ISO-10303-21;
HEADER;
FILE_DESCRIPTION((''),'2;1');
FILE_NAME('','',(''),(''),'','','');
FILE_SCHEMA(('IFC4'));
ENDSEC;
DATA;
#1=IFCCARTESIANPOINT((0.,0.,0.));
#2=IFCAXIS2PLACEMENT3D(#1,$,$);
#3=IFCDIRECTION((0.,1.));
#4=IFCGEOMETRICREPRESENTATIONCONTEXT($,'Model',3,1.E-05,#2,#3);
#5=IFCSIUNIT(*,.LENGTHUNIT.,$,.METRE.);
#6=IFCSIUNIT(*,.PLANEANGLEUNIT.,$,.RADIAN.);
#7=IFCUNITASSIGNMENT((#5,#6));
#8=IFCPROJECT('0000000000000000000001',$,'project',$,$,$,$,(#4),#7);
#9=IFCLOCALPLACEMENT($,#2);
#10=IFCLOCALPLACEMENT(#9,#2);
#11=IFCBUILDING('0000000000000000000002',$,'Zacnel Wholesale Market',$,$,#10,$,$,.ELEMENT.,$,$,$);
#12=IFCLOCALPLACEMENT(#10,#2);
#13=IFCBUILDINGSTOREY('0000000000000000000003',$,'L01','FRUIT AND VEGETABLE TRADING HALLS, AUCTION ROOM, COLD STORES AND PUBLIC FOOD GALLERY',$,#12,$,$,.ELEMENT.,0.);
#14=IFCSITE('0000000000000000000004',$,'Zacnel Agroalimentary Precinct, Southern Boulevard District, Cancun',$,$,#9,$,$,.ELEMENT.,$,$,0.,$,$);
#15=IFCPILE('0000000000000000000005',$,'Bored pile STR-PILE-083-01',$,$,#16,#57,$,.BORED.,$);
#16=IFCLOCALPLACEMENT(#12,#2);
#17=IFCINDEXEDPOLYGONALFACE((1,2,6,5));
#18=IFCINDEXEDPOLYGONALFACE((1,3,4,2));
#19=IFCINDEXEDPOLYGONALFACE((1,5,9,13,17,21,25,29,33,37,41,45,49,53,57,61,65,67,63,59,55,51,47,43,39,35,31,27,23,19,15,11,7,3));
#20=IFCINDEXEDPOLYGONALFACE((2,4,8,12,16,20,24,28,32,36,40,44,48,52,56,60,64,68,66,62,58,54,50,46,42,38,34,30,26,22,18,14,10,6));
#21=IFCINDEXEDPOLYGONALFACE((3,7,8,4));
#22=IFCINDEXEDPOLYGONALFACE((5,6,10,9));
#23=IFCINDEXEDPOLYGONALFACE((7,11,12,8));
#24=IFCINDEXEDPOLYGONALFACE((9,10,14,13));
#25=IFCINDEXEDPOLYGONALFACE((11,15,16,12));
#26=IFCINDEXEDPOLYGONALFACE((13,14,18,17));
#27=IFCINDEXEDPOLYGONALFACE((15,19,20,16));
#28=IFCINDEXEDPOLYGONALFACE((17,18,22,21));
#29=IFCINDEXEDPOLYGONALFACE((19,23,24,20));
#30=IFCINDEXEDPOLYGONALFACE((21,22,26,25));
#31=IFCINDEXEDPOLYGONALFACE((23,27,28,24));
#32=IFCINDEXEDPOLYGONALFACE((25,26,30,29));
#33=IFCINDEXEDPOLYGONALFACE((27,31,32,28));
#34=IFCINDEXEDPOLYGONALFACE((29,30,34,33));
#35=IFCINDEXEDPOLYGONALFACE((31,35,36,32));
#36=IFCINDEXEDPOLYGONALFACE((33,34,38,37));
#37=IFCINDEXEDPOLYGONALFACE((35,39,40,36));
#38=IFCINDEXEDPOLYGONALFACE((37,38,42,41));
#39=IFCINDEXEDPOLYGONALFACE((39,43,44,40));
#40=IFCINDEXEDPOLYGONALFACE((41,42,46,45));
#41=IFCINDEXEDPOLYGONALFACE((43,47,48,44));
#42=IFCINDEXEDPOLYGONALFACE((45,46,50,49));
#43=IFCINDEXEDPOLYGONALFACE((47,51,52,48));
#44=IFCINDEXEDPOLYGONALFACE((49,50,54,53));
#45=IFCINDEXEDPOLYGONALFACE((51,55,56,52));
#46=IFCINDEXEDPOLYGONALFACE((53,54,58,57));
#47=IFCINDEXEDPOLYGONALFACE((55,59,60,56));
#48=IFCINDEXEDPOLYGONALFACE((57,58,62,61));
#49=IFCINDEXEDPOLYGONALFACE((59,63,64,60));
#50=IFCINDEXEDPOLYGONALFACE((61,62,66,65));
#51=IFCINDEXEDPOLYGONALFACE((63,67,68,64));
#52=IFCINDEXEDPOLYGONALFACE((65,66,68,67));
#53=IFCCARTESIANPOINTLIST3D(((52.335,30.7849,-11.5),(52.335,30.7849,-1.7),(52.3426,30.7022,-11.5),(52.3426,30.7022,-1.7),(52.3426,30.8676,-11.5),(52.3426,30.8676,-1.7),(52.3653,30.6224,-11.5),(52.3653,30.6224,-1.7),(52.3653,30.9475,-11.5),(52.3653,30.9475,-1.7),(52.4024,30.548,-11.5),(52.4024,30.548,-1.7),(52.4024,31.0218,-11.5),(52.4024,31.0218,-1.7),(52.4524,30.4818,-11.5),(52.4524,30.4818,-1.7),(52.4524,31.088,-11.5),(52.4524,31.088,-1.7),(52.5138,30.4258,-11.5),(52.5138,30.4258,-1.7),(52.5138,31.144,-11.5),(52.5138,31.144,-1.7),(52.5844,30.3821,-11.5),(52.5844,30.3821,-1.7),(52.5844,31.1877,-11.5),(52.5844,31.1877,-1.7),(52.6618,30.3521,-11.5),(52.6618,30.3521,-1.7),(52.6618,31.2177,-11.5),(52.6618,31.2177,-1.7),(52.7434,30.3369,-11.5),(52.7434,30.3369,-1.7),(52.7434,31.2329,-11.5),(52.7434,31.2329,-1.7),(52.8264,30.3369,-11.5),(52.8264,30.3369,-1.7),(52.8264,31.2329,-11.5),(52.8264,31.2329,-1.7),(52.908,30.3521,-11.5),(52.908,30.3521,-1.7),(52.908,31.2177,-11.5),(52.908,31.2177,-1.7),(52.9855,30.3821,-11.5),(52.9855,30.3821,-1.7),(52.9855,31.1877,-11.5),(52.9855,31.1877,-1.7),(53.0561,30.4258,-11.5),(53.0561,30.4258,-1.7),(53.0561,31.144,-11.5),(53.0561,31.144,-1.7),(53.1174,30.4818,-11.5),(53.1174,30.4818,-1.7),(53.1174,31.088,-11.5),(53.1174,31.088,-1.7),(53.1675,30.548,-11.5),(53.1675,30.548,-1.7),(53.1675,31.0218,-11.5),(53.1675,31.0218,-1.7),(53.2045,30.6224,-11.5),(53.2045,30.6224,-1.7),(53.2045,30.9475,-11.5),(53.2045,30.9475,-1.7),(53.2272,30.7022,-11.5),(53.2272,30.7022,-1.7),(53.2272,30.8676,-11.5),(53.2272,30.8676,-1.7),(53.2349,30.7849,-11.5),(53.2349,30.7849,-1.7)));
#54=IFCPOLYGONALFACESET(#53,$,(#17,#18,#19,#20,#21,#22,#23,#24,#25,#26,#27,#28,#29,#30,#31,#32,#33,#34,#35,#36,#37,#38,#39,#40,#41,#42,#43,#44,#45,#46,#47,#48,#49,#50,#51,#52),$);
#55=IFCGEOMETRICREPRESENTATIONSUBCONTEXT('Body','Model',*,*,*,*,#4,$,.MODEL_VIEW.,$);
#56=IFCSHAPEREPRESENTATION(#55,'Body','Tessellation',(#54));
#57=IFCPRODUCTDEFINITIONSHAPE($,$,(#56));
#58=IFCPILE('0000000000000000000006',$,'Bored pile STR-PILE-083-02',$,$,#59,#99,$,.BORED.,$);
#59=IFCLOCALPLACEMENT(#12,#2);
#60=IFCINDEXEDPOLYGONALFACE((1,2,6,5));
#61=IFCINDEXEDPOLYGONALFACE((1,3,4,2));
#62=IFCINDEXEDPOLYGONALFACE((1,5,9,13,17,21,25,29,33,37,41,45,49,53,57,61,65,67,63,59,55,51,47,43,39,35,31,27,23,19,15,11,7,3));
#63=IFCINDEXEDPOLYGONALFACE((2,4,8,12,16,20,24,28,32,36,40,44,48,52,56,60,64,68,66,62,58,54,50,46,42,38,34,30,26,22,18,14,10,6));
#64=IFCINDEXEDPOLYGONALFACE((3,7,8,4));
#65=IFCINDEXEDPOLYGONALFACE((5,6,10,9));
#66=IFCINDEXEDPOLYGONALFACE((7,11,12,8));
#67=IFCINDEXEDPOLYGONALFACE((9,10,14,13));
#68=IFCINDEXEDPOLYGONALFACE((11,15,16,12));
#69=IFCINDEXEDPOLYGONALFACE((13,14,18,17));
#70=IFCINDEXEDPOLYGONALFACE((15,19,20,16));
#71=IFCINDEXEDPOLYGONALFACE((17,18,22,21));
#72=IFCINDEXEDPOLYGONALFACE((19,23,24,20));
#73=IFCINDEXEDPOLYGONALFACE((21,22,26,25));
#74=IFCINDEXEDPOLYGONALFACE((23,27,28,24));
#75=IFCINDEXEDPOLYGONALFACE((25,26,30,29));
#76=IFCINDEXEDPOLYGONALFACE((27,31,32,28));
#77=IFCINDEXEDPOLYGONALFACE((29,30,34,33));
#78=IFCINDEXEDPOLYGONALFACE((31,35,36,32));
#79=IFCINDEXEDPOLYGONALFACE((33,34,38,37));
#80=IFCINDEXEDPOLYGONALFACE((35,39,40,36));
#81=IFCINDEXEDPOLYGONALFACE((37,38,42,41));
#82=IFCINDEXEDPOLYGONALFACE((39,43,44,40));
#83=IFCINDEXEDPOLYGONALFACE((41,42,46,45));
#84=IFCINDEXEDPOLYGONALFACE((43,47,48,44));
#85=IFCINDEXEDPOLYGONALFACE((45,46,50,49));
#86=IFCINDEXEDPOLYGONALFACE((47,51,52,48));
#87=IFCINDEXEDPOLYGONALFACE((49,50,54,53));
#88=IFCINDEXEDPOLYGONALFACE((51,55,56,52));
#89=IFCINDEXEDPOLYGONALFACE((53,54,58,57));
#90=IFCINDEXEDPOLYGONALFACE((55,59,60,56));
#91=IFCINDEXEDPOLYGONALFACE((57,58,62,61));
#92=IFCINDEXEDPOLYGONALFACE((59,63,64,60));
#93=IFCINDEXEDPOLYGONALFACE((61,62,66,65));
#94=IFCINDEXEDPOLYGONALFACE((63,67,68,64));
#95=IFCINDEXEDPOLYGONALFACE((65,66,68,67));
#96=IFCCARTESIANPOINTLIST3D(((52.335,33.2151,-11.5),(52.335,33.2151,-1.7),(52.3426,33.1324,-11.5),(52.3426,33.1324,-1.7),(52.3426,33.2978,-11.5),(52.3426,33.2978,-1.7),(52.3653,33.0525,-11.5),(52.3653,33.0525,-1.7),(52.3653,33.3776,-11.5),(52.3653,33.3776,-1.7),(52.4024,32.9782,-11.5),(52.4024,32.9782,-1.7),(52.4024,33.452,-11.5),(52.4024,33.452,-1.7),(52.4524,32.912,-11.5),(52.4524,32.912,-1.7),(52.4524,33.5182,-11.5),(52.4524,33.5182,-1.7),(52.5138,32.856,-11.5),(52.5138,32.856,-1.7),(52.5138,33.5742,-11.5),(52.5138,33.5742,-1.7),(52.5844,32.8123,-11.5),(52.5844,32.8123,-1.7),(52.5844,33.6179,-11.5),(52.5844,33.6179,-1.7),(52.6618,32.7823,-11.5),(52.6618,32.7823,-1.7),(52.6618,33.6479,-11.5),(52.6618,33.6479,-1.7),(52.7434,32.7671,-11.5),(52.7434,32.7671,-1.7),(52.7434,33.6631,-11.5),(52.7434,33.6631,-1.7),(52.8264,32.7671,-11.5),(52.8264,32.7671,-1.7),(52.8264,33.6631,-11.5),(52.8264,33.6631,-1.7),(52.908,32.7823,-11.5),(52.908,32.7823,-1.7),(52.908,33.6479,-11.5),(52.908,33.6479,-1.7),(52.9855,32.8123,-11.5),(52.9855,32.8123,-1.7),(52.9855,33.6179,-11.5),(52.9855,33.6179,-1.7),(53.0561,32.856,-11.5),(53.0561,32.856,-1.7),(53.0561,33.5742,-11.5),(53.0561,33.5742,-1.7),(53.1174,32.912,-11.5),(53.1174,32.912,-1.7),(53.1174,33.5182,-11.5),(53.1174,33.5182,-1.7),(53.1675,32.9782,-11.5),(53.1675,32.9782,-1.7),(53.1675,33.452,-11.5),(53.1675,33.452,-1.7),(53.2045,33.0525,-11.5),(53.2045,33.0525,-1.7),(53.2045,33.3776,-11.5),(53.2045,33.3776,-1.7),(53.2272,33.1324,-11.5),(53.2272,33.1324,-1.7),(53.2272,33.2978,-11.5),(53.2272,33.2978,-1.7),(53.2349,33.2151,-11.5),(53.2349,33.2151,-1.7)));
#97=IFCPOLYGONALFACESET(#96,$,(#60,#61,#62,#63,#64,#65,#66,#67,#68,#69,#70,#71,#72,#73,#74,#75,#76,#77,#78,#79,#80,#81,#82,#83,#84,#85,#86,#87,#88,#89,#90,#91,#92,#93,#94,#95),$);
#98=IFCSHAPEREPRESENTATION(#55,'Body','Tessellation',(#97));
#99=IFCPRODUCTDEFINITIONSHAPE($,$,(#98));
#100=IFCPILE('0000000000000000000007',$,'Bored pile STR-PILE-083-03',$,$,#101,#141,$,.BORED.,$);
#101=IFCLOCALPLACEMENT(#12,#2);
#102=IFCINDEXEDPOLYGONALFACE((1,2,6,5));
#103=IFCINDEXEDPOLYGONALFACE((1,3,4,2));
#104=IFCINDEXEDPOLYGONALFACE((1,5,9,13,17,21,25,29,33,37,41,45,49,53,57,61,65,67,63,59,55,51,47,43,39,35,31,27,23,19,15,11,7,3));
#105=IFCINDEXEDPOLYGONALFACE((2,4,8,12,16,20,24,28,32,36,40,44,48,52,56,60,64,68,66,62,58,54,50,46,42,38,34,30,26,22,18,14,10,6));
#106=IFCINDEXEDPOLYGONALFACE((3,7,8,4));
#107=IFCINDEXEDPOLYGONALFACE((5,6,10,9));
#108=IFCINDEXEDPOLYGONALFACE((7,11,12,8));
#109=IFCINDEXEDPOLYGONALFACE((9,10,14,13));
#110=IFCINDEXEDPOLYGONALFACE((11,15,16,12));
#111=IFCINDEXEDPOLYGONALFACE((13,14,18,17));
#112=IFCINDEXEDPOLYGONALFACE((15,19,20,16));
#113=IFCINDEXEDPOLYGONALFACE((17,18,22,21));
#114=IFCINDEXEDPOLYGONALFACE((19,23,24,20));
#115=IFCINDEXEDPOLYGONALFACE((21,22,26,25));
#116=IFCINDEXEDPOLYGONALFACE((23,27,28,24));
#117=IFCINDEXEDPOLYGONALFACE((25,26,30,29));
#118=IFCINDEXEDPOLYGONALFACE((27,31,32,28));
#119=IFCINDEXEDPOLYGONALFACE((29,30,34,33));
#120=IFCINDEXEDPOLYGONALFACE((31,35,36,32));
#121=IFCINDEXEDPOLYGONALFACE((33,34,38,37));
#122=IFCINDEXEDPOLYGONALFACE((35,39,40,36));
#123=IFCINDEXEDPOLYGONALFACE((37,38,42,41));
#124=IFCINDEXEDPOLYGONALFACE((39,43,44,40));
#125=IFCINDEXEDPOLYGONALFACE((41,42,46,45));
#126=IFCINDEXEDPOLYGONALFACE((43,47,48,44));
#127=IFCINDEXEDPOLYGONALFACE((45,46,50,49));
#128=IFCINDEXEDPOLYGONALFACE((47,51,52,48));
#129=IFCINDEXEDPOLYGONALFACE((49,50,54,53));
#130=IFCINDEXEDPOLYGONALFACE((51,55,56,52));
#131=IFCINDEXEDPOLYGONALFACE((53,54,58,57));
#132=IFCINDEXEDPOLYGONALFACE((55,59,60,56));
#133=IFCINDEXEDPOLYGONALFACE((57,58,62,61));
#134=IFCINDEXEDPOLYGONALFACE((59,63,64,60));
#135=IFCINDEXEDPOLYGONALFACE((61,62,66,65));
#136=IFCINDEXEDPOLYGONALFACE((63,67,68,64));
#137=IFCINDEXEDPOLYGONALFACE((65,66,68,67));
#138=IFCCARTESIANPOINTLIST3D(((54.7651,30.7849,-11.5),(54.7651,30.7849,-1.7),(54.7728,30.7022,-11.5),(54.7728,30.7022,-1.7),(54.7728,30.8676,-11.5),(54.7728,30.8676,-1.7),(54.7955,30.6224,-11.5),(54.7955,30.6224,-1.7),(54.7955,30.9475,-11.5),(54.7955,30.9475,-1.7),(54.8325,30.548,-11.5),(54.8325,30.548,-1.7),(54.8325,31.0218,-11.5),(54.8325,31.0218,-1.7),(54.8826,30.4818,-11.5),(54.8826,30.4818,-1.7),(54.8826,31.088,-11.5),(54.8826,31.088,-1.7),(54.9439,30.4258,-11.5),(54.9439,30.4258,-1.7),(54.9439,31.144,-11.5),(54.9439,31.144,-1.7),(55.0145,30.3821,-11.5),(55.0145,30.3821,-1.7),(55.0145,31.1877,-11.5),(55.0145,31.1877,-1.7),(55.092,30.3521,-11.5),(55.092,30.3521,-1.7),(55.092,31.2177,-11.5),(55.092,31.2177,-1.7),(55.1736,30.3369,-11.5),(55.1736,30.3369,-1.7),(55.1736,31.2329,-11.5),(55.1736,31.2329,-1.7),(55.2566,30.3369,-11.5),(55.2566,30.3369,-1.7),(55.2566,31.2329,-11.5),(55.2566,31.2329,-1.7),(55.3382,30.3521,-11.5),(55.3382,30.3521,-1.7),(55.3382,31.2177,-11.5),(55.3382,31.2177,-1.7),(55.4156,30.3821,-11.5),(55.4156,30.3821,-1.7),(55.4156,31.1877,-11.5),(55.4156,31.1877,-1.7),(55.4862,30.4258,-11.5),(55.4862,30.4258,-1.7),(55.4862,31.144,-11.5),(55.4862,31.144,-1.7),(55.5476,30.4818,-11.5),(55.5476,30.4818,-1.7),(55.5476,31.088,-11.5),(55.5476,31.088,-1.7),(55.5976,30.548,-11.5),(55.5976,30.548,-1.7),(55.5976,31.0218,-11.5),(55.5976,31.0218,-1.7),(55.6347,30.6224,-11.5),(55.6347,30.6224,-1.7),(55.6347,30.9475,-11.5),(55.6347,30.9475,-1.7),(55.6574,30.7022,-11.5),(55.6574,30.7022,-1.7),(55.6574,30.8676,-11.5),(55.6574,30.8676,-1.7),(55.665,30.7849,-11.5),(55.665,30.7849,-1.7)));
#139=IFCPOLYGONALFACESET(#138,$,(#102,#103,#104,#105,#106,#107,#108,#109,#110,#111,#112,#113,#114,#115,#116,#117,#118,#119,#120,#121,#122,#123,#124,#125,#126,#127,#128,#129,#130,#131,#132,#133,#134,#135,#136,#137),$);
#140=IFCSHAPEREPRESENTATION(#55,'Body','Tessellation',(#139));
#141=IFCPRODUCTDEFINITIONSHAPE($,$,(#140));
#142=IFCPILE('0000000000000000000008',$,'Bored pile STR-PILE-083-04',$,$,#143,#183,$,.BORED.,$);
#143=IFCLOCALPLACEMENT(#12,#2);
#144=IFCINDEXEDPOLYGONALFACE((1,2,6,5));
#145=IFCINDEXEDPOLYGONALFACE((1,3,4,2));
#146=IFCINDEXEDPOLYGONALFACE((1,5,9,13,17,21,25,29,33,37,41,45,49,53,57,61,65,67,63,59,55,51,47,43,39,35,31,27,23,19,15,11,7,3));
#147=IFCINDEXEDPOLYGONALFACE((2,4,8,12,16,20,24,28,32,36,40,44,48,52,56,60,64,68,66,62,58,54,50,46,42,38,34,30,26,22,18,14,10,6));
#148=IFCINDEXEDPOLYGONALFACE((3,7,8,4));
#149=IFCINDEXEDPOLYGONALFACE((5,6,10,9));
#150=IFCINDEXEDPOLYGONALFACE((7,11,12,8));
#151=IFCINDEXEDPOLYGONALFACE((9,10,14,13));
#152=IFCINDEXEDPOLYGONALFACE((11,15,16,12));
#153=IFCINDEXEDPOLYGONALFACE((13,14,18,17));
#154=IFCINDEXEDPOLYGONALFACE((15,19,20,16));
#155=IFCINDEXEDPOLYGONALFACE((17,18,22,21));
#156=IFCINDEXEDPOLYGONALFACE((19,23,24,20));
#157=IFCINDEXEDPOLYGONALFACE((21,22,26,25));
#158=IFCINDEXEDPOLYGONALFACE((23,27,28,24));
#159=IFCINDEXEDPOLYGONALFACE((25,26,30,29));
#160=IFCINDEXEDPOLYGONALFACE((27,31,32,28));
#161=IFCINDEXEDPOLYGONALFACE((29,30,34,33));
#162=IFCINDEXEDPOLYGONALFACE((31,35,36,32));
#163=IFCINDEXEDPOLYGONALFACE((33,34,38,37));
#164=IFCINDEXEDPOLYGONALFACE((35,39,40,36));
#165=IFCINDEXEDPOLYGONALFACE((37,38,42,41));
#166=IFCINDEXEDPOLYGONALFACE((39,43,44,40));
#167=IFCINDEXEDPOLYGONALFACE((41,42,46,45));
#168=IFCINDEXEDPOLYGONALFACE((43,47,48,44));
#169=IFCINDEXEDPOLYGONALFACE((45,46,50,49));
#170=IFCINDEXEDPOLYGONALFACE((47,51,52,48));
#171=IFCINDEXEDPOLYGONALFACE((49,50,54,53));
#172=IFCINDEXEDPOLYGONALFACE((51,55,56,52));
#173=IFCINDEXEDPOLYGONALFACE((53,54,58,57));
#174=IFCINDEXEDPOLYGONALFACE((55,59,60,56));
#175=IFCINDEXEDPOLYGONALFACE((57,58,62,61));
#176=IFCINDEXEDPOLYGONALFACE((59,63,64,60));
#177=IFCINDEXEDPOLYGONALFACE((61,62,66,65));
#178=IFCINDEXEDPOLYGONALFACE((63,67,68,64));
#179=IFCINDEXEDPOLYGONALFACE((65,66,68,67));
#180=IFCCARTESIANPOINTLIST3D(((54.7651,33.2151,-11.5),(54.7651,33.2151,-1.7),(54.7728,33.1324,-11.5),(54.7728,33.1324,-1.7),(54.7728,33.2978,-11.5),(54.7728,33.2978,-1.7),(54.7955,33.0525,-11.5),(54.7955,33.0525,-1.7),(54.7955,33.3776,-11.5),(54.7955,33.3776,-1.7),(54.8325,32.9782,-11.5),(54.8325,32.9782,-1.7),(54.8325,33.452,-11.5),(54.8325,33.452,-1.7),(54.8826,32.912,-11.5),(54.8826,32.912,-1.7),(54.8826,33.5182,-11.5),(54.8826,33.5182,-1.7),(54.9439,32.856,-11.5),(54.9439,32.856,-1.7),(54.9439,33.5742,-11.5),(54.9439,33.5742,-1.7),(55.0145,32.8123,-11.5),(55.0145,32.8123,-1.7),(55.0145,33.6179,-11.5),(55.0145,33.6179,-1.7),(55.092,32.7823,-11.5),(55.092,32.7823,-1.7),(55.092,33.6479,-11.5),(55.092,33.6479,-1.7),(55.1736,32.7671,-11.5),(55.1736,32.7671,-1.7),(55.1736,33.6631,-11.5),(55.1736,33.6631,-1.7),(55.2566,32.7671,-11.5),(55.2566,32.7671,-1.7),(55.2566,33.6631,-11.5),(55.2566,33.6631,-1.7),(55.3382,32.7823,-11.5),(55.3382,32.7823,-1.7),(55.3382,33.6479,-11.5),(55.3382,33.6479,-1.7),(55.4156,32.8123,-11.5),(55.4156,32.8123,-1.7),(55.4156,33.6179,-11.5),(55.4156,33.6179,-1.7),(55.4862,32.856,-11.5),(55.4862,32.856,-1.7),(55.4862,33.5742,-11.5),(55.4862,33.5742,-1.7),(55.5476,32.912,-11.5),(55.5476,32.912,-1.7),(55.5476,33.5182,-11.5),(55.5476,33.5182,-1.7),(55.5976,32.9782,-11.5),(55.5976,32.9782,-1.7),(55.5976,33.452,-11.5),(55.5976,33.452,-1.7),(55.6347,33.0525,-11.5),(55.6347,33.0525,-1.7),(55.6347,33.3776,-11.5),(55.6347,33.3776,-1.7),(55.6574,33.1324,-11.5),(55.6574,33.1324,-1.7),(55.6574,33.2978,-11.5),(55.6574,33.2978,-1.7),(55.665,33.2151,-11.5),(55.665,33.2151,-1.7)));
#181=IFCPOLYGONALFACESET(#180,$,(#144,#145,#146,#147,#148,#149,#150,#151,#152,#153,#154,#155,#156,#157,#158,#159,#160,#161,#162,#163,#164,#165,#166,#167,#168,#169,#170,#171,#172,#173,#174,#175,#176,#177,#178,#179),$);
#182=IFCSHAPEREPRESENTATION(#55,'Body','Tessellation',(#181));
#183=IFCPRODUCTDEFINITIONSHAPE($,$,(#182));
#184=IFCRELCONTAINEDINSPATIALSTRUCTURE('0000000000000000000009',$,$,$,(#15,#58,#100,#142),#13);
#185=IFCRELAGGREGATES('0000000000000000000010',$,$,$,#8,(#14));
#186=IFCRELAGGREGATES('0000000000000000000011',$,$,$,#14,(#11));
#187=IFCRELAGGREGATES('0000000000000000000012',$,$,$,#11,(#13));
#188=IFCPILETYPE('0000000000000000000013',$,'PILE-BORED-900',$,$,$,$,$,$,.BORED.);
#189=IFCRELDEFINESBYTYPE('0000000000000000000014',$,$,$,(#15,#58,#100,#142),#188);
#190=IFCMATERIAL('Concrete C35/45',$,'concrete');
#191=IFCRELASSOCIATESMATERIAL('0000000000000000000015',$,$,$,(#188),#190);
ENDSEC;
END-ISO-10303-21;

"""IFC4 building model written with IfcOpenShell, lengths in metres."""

from ifc_helpers import new_model, si_unit, direction, frame, origin, origin_2d, place, context, subcontext, project, spatial, circle, extrude, material, material_profile, profile_set, type_object, element, save


model = new_model("IFC4")

# Units and contexts
model_context = context("Model", 3, precision=1e-05, world=origin(), true_north=direction((0.0, 1.0)))
body_context = subcontext(model_context, "Body", "Model", "MODEL_VIEW")
ifc_project = project(units=[si_unit("LENGTHUNIT", "METRE"), si_unit("PLANEANGLEUNIT", "RADIAN")], contexts=[model_context])

# Site, building, storey
site_placement = place(None, origin())
site = spatial("IfcSite", under=ifc_project, at=site_placement, Name="Zacnel Agroalimentary Precinct, Southern Boulevard District, Cancun", CompositionType="ELEMENT", RefElevation=0.0)
building_placement = place(site_placement, origin())
building = spatial("IfcBuilding", under=site, at=building_placement, Name="Zacnel Wholesale Market", CompositionType="ELEMENT")
storey_placement = place(building_placement, origin())
storey = spatial("IfcBuildingStorey", under=building, at=storey_placement, Name="L01", Description="FRUIT AND VEGETABLE TRADING HALLS, AUCTION ROOM, COLD STORES AND PUBLIC FOOD GALLERY", CompositionType="ELEMENT", Elevation=0.0)

# Piles
ifc_material_1 = material(Name="Concrete C35/45", Category="concrete")
ifc_material_profile_1 = material_profile(ifc_material_1, circle(Radius=0.45, at=origin_2d()), Name="BORED PILE D900")
ifc_profile_set_1 = profile_set([ifc_material_profile_1], Name="Concrete C35/45")
pile_type = type_object("IfcPileType", Name="PILE-BORED-900", PredefinedType="BORED", material=ifc_profile_set_1)
for number, where, z_axis, x_axis, name in (
    (1, (52.7849, 30.7849, -1.7), (0.0, 0.0, -1.0), (1.0, 0.0, 0.0), "Bored pile STR-PILE-083-01"),
    (2, (52.7849, 33.2151, -1.7), (0.0, 0.0, -1.0), (1.0, 0.0, 0.0), "Bored pile STR-PILE-083-02"),
    (3, (55.2151, 30.7849, -1.7), (0.0, 0.0, -1.0), (1.0, 0.0, 0.0), "Bored pile STR-PILE-083-03"),
    (4, (55.2151, 33.2151, -1.7), (0.0, 0.0, -1.0), (1.0, 0.0, 0.0), "Bored pile STR-PILE-083-04"),
):
    element("IfcPile", number, at=place(storey_placement, frame(where, z_axis=z_axis, x_axis=x_axis)), inside=storey, type_object=pile_type, Name=name, PredefinedType="BORED", context=body_context, shape_type="SweptSolid", body=[
        extrude(circle(Radius=0.45, at=origin_2d()), origin(), (0.0, 0.0, 1.0), 9.8),
    ])

save(model, "model.ifc")
